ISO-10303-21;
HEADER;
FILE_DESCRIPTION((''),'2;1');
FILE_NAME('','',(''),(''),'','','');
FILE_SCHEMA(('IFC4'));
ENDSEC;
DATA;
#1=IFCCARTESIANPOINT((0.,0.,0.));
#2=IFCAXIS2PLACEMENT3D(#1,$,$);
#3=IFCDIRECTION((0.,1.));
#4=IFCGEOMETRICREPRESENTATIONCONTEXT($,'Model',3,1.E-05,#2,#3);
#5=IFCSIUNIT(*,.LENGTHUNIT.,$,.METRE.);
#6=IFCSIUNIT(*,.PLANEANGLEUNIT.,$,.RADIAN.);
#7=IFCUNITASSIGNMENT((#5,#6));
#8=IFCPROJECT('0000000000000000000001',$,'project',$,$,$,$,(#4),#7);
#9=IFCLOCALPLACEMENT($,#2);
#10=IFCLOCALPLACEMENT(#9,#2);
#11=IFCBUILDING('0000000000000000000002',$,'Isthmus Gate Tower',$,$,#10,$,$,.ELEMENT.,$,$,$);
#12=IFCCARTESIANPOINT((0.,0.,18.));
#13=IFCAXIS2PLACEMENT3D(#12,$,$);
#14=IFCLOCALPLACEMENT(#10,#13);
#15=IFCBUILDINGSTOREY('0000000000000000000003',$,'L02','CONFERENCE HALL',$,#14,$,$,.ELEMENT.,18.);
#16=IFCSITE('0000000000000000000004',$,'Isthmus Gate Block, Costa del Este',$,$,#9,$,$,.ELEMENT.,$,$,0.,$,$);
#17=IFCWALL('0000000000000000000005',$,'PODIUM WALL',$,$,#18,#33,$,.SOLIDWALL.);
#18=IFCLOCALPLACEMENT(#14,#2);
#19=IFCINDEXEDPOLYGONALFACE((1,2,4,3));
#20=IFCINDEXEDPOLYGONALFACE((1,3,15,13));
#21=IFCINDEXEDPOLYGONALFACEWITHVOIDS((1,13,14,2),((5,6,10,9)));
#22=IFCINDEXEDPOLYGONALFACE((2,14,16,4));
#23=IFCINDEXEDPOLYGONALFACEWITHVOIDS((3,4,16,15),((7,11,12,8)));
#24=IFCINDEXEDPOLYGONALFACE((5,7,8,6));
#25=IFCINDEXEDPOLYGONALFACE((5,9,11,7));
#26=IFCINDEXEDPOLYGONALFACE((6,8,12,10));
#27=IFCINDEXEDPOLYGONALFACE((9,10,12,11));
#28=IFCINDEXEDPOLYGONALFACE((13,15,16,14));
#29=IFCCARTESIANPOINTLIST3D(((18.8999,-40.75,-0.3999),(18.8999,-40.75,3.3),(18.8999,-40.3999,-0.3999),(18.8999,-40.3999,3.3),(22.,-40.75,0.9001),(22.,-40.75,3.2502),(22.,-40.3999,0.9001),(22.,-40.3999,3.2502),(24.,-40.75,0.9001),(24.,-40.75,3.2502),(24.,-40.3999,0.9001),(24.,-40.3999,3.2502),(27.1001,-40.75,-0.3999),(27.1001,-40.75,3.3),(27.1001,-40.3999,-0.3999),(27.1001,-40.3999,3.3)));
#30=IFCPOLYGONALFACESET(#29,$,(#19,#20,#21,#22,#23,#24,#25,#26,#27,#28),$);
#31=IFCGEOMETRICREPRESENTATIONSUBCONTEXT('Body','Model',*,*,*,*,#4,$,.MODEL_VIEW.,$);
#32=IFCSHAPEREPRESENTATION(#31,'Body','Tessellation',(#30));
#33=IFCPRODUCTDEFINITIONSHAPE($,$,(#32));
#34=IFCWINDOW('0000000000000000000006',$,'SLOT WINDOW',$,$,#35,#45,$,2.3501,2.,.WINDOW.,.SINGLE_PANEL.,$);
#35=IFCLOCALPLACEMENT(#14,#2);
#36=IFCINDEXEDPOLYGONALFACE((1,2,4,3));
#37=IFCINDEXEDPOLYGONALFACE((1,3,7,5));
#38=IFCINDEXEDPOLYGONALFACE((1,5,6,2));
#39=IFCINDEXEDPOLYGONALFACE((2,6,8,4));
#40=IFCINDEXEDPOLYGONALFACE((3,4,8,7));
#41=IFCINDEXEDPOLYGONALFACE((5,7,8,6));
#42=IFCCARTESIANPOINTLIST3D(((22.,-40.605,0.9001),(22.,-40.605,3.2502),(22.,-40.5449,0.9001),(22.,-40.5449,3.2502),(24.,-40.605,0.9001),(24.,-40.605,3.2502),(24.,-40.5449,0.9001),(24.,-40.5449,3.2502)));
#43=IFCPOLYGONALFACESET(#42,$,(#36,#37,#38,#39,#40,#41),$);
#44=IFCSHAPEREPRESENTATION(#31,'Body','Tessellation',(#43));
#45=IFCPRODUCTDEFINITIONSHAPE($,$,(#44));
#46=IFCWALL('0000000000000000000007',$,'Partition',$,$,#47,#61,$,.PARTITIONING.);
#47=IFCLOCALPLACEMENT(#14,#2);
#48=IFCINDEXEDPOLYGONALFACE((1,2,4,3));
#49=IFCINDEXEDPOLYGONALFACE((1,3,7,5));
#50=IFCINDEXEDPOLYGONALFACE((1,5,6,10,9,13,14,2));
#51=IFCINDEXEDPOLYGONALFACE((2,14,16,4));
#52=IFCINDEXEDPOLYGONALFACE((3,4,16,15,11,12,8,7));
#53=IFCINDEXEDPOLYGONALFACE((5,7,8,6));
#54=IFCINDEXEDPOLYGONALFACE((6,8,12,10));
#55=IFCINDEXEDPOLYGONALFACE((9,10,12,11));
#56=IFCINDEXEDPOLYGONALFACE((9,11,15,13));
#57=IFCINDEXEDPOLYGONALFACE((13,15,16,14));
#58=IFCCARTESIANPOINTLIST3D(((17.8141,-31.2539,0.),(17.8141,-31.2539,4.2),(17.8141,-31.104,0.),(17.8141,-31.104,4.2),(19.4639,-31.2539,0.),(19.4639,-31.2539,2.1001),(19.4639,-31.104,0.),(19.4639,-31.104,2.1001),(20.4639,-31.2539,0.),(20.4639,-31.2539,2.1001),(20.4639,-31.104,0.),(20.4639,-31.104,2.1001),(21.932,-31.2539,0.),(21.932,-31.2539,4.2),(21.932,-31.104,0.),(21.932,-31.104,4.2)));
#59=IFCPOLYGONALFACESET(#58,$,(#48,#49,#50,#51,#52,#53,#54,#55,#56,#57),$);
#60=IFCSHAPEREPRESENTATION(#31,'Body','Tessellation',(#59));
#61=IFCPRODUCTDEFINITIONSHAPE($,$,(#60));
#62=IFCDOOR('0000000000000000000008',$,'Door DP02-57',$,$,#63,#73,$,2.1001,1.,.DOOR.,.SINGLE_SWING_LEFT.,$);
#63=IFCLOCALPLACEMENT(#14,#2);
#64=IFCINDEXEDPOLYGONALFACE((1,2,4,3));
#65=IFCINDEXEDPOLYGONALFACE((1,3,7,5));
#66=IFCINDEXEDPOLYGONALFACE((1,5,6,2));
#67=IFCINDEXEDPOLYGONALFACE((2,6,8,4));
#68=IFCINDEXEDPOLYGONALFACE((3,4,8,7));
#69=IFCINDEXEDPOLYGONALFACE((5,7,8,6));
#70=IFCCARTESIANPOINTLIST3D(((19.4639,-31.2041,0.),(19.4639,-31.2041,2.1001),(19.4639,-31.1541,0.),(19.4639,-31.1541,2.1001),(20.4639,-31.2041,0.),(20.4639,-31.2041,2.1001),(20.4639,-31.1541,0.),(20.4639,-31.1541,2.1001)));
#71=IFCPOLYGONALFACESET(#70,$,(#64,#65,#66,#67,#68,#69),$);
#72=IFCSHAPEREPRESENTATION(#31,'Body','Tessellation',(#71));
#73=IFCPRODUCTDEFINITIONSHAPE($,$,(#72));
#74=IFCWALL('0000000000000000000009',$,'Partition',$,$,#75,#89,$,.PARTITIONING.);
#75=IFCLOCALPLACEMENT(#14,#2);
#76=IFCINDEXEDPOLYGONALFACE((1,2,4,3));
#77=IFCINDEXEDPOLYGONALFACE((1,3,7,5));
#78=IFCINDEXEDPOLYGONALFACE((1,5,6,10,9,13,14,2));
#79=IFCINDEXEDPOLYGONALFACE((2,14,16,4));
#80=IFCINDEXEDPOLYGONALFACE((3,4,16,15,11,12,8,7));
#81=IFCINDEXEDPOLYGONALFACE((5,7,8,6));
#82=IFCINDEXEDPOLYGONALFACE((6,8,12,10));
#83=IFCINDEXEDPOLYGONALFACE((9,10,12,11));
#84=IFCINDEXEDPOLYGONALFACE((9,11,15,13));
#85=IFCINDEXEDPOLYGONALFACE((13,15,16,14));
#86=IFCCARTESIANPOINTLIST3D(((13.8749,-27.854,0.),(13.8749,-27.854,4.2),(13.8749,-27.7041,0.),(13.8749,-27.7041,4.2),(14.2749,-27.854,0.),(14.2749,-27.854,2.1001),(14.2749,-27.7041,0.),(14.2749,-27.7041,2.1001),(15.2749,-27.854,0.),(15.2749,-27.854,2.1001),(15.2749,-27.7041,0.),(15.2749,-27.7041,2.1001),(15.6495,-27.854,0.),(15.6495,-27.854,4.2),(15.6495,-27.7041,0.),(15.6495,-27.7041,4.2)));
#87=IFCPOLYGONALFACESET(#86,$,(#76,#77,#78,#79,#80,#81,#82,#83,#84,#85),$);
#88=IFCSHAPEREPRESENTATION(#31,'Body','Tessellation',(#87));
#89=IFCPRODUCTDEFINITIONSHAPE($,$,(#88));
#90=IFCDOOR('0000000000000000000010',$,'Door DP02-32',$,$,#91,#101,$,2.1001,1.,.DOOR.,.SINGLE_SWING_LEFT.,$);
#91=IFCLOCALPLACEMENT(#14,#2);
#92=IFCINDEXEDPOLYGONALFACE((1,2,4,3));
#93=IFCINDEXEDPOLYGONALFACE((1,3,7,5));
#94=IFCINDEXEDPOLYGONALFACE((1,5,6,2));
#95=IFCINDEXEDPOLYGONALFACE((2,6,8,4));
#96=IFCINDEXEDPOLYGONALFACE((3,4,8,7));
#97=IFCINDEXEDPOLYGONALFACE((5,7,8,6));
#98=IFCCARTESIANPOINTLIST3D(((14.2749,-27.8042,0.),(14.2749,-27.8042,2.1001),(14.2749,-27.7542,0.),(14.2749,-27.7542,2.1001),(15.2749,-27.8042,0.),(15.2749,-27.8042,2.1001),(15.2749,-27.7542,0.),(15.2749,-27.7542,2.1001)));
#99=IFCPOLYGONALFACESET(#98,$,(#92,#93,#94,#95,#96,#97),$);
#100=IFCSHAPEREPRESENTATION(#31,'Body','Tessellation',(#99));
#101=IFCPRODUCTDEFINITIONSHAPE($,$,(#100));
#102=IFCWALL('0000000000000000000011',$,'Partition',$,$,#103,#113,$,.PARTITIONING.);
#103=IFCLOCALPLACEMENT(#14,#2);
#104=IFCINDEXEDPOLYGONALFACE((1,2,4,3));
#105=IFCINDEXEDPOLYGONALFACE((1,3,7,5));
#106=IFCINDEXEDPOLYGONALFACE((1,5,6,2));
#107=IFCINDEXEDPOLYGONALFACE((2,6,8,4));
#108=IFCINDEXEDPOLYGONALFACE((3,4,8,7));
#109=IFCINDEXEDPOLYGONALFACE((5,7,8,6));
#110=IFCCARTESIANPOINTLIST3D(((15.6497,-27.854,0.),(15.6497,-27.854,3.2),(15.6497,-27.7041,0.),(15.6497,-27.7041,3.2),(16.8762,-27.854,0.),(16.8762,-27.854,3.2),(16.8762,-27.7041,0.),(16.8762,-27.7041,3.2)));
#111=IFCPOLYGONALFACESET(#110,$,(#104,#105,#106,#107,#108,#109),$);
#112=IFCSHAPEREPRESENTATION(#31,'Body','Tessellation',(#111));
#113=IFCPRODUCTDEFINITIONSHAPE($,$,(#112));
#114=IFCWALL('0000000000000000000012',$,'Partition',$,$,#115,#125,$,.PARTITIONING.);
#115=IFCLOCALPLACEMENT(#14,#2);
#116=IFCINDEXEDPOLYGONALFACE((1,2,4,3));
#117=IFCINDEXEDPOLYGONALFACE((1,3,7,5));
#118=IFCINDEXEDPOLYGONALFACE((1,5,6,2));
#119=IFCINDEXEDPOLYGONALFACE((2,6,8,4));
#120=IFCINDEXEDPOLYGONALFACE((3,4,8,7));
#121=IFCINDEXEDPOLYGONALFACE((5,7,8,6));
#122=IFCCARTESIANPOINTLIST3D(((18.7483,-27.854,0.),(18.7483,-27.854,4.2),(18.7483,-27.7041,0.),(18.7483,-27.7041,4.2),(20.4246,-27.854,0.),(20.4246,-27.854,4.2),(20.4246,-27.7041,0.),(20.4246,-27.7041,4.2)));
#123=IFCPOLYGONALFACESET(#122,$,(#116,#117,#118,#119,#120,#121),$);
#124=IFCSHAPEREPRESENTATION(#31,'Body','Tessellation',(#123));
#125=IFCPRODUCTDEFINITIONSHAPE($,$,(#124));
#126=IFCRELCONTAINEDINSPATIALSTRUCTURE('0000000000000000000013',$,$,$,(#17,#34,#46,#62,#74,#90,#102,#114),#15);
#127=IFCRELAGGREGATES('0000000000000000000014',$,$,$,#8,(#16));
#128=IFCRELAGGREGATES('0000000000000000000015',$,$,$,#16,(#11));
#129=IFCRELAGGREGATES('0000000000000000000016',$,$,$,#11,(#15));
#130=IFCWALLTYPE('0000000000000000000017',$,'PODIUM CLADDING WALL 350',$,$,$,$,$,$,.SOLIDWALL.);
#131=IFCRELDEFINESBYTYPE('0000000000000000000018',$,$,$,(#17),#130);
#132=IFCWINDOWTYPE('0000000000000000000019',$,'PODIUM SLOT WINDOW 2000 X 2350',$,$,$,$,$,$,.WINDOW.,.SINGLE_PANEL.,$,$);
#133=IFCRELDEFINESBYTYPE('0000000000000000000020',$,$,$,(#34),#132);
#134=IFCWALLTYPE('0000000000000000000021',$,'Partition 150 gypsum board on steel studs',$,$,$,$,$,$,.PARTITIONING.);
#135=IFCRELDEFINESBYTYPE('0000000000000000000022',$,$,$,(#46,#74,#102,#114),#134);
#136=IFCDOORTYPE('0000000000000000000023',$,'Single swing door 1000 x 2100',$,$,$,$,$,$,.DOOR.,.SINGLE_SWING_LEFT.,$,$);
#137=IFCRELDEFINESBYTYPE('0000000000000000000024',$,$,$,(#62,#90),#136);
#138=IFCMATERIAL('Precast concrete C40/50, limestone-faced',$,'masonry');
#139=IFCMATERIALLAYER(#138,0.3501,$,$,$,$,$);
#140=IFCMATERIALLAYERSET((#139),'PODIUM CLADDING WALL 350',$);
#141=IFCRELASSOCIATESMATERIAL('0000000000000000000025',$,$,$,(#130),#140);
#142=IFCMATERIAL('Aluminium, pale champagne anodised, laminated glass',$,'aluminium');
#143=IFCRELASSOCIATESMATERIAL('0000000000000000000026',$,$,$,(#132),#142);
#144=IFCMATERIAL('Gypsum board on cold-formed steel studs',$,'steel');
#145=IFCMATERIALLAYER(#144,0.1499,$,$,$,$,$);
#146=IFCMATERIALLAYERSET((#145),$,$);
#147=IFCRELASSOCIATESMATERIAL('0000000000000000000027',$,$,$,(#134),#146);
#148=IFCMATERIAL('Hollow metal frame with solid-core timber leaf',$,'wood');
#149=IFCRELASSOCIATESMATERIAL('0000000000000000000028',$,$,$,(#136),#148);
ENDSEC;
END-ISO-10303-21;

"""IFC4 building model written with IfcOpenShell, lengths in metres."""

from ifc_helpers import new_model, si_unit, direction, frame, frame_2d, origin, place, context, subcontext, project, spatial, rectangle, extrude, material, layer, layer_set, type_object, element, fill, save


model = new_model("IFC4")

# Units and contexts
model_context = context("Model", 3, precision=1e-05, world=origin(), true_north=direction((0.0, 1.0)))
body_context = subcontext(model_context, "Body", "Model", "MODEL_VIEW")
ifc_project = project(units=[si_unit("LENGTHUNIT", "METRE"), si_unit("PLANEANGLEUNIT", "RADIAN")], contexts=[model_context])

# Site, building, storey
site_placement = place(None, origin())
site = spatial("IfcSite", under=ifc_project, at=site_placement, Name="Isthmus Gate Block, Costa del Este", CompositionType="ELEMENT", RefElevation=0.0)
building_placement = place(site_placement, origin())
building = spatial("IfcBuilding", under=site, at=building_placement, Name="Isthmus Gate Tower", CompositionType="ELEMENT")
storey_placement = place(building_placement, frame((0.0, 0.0, 18.0)))
storey = spatial("IfcBuildingStorey", under=building, at=storey_placement, Name="L02", Description="CONFERENCE HALL", CompositionType="ELEMENT", Elevation=18.0)

# Wall, opening, window
ifc_material_1 = material(Name="Precast concrete C40/50, limestone-faced", Category="masonry")
ifc_layer_1 = layer(ifc_material_1, 0.3501)
ifc_layer_set_1 = layer_set([ifc_layer_1], Name="PODIUM CLADDING WALL 350")
wall_type_1 = type_object("IfcWallType", Name="PODIUM CLADDING WALL 350", PredefinedType="SOLIDWALL", material=ifc_layer_set_1)
wall_1_placement = place(storey_placement, frame((18.8999, -40.575, -0.3999), z_axis=(0.0, 0.0, 1.0), x_axis=(1.0, 0.0, 0.0)))
wall_1 = element("IfcWall", 1, at=wall_1_placement, inside=storey, type_object=wall_type_1, Name="PODIUM WALL", PredefinedType="SOLIDWALL", context=body_context, shape_type="SweptSolid", body=[
    extrude(rectangle(XDim=8.2002, YDim=0.3501, at=frame_2d((4.1001, 0.0))), origin(), (0.0, 0.0, 1.0), 3.7),
])
opening_1_placement = place(wall_1_placement, frame((3.1001, 0.0, 1.3)))
opening_1 = element("IfcOpeningElement", 2, at=opening_1_placement, cuts=wall_1, PredefinedType="OPENING", context=body_context, shape_type="SweptSolid", body=[
    extrude(rectangle(XDim=2.0, YDim=2.3501, at=frame_2d((1.0, 1.175))), frame((0.0, 0.1851, 0.0), z_axis=(0.0, -1.0, 0.0), x_axis=(1.0, 0.0, 0.0)), (0.0, 0.0, 1.0), 0.3701),
])
ifc_material_2 = material(Name="Aluminium, pale champagne anodised, laminated glass", Category="aluminium")
window_type = type_object("IfcWindowType", Name="PODIUM SLOT WINDOW 2000 X 2350", PartitioningType="SINGLE_PANEL", PredefinedType="WINDOW", material=ifc_material_2)
window_placement = place(opening_1_placement, origin())
window = element("IfcWindow", 3, at=window_placement, inside=storey, type_object=window_type, Name="SLOT WINDOW", OverallHeight=2.3501, OverallWidth=2.0, PartitioningType="SINGLE_PANEL", PredefinedType="WINDOW", context=body_context, shape_type="SweptSolid", body=[
    extrude(rectangle(XDim=2.0, YDim=2.3501, at=frame_2d((1.0, 1.175))), frame((0.0, 0.03, 0.0), z_axis=(0.0, -1.0, 0.0), x_axis=(1.0, 0.0, 0.0)), (0.0, 0.0, 1.0), 0.0601),
])
fill(opening_1, window)

# Walls, openings, doors
ifc_material_3 = material(Name="Gypsum board on cold-formed steel studs", Category="steel")
ifc_layer_2 = layer(ifc_material_3, 0.1499)
ifc_layer_set_2 = layer_set([ifc_layer_2])
wall_type_2 = type_object("IfcWallType", Name="Partition 150 gypsum board on steel studs", PredefinedType="PARTITIONING", material=ifc_layer_set_2)
wall_2_placement = place(storey_placement, frame((17.814, -31.179, 0.0), z_axis=(0.0, 0.0, 1.0), x_axis=(1.0, 0.0, 0.0)))
wall_2 = element("IfcWall", 4, at=wall_2_placement, inside=storey, type_object=wall_type_2, Name="Partition", PredefinedType="PARTITIONING", context=body_context, shape_type="SweptSolid", body=[
    extrude(rectangle(XDim=4.1179, YDim=0.1499, at=frame_2d((2.0591, 0.0))), origin(), (0.0, 0.0, 1.0), 4.2),
])
opening_2_placement = place(wall_2_placement, frame((1.6499, 0.0, 0.0)))
opening_2 = element("IfcOpeningElement", 5, at=opening_2_placement, cuts=wall_2, PredefinedType="OPENING", context=body_context, shape_type="SweptSolid", body=[
    extrude(rectangle(XDim=1.0, YDim=2.1001, at=frame_2d((0.5, 1.05))), frame((0.0, 0.085, 0.0), z_axis=(0.0, -1.0, 0.0), x_axis=(1.0, 0.0, 0.0)), (0.0, 0.0, 1.0), 0.1699),
])
ifc_material_4 = material(Name="Hollow metal frame with solid-core timber leaf", Category="wood")
door_type = type_object("IfcDoorType", Name="Single swing door 1000 x 2100", OperationType="SINGLE_SWING_LEFT", PredefinedType="DOOR", material=ifc_material_4)
door_1_placement = place(opening_2_placement, origin())
door_1 = element("IfcDoor", 6, at=door_1_placement, inside=storey, type_object=door_type, Name="Door DP02-57", OperationType="SINGLE_SWING_LEFT", OverallHeight=2.1001, OverallWidth=1.0, PredefinedType="DOOR", context=body_context, shape_type="SweptSolid", body=[
    extrude(rectangle(XDim=1.0, YDim=2.1001, at=frame_2d((0.5, 1.05))), frame((0.0, 0.0249, 0.0), z_axis=(0.0, -1.0, 0.0), x_axis=(1.0, 0.0, 0.0)), (0.0, 0.0, 1.0), 0.05),
])
fill(opening_2, door_1)
wall_3_placement = place(storey_placement, frame((13.875, -27.7791, 0.0), z_axis=(0.0, 0.0, 1.0), x_axis=(1.0, 0.0, 0.0)))
wall_3 = element("IfcWall", 7, at=wall_3_placement, inside=storey, type_object=wall_type_2, Name="Partition", PredefinedType="PARTITIONING", context=body_context, shape_type="SweptSolid", body=[
    extrude(rectangle(XDim=1.7747, YDim=0.1499, at=frame_2d((0.8872, 0.0))), origin(), (0.0, 0.0, 1.0), 4.2),
])
opening_3_placement = place(wall_3_placement, frame((0.3999, 0.0, 0.0)))
opening_3 = element("IfcOpeningElement", 8, at=opening_3_placement, cuts=wall_3, PredefinedType="OPENING", context=body_context, shape_type="SweptSolid", body=[
    extrude(rectangle(XDim=1.0, YDim=2.1001, at=frame_2d((0.5, 1.05))), frame((0.0, 0.085, 0.0), z_axis=(0.0, -1.0, 0.0), x_axis=(1.0, 0.0, 0.0)), (0.0, 0.0, 1.0), 0.1699),
])
door_2_placement = place(opening_3_placement, origin())
door_2 = element("IfcDoor", 9, at=door_2_placement, inside=storey, type_object=door_type, Name="Door DP02-32", OperationType="SINGLE_SWING_LEFT", OverallHeight=2.1001, OverallWidth=1.0, PredefinedType="DOOR", context=body_context, shape_type="SweptSolid", body=[
    extrude(rectangle(XDim=1.0, YDim=2.1001, at=frame_2d((0.5, 1.05))), frame((0.0, 0.0249, 0.0), z_axis=(0.0, -1.0, 0.0), x_axis=(1.0, 0.0, 0.0)), (0.0, 0.0, 1.0), 0.05),
])
fill(opening_3, door_2)

# Walls
wall_4_placement = place(storey_placement, frame((15.6497, -27.7791, 0.0), z_axis=(0.0, 0.0, 1.0), x_axis=(1.0, 0.0, 0.0)))
element("IfcWall", 10, at=wall_4_placement, inside=storey, type_object=wall_type_2, Name="Partition", PredefinedType="PARTITIONING", context=body_context, shape_type="SweptSolid", body=[
    extrude(rectangle(XDim=1.2266, YDim=0.1499, at=frame_2d((0.6133, 0.0))), origin(), (0.0, 0.0, 1.0), 3.2),
])
wall_5_placement = place(storey_placement, frame((18.7483, -27.7791, 0.0), z_axis=(0.0, 0.0, 1.0), x_axis=(1.0, 0.0, 0.0)))
element("IfcWall", 11, at=wall_5_placement, inside=storey, type_object=wall_type_2, Name="Partition", PredefinedType="PARTITIONING", context=body_context, shape_type="SweptSolid", body=[
    extrude(rectangle(XDim=1.6763, YDim=0.1499, at=frame_2d((0.8381, 0.0))), origin(), (0.0, 0.0, 1.0), 4.2),
])

save(model, "model.ifc")
